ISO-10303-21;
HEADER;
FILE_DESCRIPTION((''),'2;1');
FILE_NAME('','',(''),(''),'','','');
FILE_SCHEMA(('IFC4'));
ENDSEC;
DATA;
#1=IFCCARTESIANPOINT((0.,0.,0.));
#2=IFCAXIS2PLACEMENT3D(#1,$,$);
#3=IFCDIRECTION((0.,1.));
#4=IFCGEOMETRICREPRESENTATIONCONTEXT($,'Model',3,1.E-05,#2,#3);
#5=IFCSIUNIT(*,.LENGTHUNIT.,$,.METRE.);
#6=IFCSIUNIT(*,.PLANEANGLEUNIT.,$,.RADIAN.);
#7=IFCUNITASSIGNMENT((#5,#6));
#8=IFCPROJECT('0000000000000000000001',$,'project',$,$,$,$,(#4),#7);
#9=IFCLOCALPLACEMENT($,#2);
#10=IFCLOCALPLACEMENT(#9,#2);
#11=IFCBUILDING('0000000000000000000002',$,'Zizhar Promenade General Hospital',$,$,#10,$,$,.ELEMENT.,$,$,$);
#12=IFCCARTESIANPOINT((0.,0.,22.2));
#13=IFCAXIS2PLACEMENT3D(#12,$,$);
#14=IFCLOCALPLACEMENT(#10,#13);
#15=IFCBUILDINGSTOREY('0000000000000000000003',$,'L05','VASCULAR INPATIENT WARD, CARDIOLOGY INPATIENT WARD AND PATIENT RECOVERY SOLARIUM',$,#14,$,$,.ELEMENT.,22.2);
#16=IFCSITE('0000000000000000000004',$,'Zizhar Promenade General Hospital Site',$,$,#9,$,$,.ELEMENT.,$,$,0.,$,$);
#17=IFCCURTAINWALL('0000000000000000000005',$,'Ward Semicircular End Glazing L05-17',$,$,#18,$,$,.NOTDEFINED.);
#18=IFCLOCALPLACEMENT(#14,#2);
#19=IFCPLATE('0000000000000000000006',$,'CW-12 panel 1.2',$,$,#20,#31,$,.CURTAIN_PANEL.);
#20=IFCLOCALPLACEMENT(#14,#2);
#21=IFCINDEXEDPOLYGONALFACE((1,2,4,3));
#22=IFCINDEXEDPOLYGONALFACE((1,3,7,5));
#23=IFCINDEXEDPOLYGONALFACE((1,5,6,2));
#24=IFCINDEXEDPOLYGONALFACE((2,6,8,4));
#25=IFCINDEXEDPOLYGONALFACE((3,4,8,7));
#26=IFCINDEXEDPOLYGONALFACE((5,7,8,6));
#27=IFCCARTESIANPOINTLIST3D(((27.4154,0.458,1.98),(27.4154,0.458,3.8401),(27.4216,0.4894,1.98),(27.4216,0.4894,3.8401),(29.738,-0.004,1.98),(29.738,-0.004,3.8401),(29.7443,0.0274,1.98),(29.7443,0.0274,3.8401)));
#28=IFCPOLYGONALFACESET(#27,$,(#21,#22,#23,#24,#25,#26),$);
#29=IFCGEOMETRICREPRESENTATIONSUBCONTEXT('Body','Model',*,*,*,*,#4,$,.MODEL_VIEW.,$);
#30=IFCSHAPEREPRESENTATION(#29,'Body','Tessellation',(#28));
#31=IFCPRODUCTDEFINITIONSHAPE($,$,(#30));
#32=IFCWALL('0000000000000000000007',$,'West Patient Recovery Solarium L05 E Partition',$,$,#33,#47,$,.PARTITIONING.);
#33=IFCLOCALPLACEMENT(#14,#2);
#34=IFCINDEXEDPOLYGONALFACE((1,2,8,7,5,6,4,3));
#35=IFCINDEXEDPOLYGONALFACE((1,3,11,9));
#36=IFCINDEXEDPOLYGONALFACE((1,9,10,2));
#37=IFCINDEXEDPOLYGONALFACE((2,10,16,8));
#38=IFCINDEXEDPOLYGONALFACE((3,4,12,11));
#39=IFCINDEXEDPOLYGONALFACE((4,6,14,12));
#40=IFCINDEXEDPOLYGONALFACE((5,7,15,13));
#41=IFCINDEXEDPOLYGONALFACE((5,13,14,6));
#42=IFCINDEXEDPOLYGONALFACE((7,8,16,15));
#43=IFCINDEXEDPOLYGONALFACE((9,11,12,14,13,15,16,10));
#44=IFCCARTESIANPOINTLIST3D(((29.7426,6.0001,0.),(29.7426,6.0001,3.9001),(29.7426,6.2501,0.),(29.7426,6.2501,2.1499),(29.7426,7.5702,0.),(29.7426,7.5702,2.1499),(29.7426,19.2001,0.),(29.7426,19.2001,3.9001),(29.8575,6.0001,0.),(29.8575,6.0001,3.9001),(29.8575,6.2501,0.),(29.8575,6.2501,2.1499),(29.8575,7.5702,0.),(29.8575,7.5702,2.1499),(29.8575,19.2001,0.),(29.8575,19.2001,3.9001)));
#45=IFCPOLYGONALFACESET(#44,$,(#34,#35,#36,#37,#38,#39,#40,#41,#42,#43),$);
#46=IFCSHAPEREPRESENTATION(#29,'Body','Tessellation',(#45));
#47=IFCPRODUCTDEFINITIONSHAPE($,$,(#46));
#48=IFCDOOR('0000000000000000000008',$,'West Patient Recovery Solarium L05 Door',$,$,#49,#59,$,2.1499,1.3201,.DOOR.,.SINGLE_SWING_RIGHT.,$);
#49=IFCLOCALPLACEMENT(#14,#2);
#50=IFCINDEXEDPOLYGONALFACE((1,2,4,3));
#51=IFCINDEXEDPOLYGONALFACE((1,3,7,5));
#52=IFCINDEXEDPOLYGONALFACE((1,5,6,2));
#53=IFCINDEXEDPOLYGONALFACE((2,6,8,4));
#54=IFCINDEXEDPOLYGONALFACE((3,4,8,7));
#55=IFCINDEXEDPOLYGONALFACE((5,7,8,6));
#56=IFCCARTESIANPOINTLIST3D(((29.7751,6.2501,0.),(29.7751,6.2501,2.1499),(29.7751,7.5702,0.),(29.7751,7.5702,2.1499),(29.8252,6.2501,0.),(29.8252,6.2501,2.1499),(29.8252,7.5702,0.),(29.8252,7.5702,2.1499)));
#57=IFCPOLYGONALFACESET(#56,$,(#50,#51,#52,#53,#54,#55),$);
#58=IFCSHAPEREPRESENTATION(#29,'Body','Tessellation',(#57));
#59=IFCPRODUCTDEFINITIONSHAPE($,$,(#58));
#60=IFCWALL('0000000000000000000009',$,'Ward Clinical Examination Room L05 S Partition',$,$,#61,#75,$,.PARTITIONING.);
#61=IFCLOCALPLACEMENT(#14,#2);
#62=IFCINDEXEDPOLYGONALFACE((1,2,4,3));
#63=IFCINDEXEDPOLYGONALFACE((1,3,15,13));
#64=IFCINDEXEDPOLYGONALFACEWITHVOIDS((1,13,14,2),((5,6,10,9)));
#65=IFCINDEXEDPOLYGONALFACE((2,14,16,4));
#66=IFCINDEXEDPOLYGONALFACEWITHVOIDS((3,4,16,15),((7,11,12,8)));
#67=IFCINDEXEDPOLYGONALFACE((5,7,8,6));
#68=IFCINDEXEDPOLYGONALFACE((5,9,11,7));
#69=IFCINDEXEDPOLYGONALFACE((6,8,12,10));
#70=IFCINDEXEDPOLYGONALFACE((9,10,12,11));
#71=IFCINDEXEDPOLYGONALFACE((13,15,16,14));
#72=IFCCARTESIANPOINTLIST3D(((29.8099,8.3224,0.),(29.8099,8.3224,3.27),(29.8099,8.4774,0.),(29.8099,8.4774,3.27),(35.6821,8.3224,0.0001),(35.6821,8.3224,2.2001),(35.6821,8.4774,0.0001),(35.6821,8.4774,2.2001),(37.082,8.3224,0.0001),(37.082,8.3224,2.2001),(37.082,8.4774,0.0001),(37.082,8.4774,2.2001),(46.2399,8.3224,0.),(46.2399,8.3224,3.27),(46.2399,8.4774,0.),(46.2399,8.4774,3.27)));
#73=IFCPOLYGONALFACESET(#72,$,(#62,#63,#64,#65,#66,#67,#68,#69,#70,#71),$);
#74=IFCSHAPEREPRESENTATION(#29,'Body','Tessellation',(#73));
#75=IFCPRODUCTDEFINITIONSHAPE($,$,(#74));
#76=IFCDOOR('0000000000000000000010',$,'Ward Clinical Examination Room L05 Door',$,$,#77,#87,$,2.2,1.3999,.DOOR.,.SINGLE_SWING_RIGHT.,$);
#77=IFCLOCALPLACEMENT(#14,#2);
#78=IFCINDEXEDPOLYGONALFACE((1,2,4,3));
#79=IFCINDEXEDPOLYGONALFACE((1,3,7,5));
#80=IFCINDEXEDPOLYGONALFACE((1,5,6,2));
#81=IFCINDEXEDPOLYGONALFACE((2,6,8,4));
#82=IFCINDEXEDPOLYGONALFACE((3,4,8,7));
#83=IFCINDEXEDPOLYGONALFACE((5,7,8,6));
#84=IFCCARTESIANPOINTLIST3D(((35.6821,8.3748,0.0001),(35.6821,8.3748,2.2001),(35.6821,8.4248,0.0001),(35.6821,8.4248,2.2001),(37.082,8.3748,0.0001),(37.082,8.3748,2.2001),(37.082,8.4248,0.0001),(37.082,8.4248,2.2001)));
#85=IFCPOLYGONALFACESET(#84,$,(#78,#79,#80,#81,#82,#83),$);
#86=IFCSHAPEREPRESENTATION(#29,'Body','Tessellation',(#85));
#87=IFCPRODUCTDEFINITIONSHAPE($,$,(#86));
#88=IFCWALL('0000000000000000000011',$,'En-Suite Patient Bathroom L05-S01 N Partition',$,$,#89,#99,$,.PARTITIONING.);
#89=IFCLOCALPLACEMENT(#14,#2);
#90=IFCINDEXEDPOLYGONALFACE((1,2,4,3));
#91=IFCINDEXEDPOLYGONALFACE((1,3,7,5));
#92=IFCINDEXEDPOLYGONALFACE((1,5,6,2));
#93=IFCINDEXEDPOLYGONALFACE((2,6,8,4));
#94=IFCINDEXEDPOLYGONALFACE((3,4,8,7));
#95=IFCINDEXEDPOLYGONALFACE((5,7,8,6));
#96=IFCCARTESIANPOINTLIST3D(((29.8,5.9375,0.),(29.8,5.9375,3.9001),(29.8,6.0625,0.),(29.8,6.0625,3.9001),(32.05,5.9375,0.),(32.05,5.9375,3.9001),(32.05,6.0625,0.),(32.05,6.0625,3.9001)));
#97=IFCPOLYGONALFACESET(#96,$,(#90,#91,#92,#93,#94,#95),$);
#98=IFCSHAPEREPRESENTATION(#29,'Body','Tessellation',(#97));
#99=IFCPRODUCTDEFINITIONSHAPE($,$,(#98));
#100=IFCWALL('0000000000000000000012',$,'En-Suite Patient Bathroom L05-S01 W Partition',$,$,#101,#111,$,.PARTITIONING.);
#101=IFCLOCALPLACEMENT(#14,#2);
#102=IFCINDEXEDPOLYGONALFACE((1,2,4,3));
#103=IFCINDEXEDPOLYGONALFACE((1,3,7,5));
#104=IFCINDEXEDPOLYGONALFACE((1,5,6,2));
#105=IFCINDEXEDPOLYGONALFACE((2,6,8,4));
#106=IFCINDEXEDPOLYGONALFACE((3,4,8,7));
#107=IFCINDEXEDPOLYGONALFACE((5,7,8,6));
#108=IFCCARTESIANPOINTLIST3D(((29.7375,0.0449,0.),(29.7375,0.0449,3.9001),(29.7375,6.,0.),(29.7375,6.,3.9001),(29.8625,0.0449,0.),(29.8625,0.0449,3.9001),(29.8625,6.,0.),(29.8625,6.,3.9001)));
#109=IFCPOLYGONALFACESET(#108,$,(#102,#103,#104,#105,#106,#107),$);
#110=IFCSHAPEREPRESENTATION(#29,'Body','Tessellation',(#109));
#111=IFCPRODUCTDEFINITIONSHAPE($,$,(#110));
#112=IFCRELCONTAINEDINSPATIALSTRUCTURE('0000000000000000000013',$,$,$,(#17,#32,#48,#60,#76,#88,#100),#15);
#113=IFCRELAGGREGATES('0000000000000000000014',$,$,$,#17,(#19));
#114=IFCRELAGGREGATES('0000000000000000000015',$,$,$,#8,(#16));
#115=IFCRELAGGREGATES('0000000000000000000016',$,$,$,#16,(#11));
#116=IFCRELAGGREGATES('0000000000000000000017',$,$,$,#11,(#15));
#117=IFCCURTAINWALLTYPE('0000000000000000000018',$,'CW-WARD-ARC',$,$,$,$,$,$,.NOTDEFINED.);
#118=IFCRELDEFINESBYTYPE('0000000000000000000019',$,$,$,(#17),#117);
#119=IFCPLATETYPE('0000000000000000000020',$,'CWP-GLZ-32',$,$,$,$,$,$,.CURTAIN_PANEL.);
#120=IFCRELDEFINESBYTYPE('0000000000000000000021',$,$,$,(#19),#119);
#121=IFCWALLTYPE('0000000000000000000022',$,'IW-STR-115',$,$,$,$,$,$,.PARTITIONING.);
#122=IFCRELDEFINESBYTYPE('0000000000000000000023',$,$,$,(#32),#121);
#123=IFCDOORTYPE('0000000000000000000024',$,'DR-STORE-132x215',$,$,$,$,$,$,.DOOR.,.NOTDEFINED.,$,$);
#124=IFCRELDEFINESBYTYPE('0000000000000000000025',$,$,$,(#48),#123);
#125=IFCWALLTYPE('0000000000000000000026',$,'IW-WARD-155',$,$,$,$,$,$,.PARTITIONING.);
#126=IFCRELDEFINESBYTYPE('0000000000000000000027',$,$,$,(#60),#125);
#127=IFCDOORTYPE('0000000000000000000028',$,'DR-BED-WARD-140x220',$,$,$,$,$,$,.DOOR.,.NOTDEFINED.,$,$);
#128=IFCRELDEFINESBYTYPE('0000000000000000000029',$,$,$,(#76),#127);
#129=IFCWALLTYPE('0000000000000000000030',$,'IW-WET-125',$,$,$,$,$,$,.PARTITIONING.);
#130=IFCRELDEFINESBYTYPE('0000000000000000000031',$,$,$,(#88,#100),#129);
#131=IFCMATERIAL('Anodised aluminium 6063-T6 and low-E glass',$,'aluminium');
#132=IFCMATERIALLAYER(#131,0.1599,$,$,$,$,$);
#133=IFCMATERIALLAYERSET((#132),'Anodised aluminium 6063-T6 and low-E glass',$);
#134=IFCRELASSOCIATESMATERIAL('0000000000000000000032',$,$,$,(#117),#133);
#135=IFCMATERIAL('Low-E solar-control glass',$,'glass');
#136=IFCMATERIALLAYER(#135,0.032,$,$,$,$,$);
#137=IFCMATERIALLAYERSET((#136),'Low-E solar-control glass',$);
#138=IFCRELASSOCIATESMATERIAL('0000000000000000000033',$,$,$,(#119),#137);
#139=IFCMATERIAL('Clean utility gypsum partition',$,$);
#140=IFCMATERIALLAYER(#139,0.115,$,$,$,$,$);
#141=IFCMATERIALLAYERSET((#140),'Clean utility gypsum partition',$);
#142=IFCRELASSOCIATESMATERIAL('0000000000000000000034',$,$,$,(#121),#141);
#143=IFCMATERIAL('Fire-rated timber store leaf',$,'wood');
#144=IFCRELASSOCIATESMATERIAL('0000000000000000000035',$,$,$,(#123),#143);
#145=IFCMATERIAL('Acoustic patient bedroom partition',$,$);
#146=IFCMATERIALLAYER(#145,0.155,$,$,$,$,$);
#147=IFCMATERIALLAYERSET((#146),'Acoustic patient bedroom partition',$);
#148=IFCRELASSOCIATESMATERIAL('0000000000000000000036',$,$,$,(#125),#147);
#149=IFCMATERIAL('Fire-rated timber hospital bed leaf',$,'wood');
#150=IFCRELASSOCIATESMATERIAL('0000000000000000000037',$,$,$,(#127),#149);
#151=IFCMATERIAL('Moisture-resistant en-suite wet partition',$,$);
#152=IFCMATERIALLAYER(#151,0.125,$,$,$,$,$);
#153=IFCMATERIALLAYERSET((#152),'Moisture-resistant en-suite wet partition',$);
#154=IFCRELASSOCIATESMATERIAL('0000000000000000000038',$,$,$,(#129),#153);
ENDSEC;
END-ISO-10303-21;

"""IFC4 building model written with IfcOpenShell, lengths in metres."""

from ifc_helpers import new_model, si_unit, direction, frame, frame_2d, origin, origin_2d, place, context, subcontext, project, spatial, rectangle, extrude, material, layer, layer_set, type_object, element, fill, aggregate, save


model = new_model("IFC4")

# Units and contexts
model_context = context("Model", 3, precision=1e-05, world=origin(), true_north=direction((0.0, 1.0)))
body_context = subcontext(model_context, "Body", "Model", "MODEL_VIEW")
ifc_project = project(units=[si_unit("LENGTHUNIT", "METRE"), si_unit("PLANEANGLEUNIT", "RADIAN")], contexts=[model_context])

# Site, building, storey
site_placement = place(None, origin())
site = spatial("IfcSite", under=ifc_project, at=site_placement, Name="Zizhar Promenade General Hospital Site", CompositionType="ELEMENT", RefElevation=0.0)
building_placement = place(site_placement, origin())
building = spatial("IfcBuilding", under=site, at=building_placement, Name="Zizhar Promenade General Hospital", CompositionType="ELEMENT")
storey_placement = place(building_placement, frame((0.0, 0.0, 22.2)))
storey = spatial("IfcBuildingStorey", under=building, at=storey_placement, Name="L05", Description="VASCULAR INPATIENT WARD, CARDIOLOGY INPATIENT WARD AND PATIENT RECOVERY SOLARIUM", CompositionType="ELEMENT", Elevation=22.2)

# Curtain wall, plate
ifc_material_1 = material(Name="Anodised aluminium 6063-T6 and low-E glass", Category="aluminium")
ifc_layer_1 = layer(ifc_material_1, 0.1599)
ifc_layer_set_1 = layer_set([ifc_layer_1], Name="Anodised aluminium 6063-T6 and low-E glass")
curtain_wall_type = type_object("IfcCurtainWallType", Name="CW-WARD-ARC", PredefinedType="NOTDEFINED", material=ifc_layer_set_1)
curtain_wall_placement = place(storey_placement, origin())
curtain_wall = element("IfcCurtainWall", 1, at=curtain_wall_placement, inside=storey, type_object=curtain_wall_type, Name="Ward Semicircular End Glazing L05-17", PredefinedType="NOTDEFINED")
ifc_material_2 = material(Name="Low-E solar-control glass", Category="glass")
ifc_layer_2 = layer(ifc_material_2, 0.032)
ifc_layer_set_2 = layer_set([ifc_layer_2], Name="Low-E solar-control glass")
plate_type = type_object("IfcPlateType", Name="CWP-GLZ-32", PredefinedType="CURTAIN_PANEL", material=ifc_layer_set_2)
plate_placement = place(storey_placement, frame((28.5798, 0.2427, 1.98), z_axis=(0.0, 0.0, 1.0), x_axis=(-0.980786, 0.195087, 0.0)))
plate = element("IfcPlate", 2, at=plate_placement, type_object=plate_type, Name="CW-12 panel 1.2", PredefinedType="CURTAIN_PANEL", context=body_context, shape_type="SweptSolid", body=[
    extrude(rectangle(XDim=2.3682, YDim=0.032, at=origin_2d()), origin(), (0.0, 0.0, 1.0), 1.8601),
])
aggregate(curtain_wall, [plate])

# Walls, openings, doors
ifc_material_3 = material(Name="Clean utility gypsum partition")
ifc_layer_3 = layer(ifc_material_3, 0.115)
ifc_layer_set_3 = layer_set([ifc_layer_3], Name="Clean utility gypsum partition")
wall_type_1 = type_object("IfcWallType", Name="IW-STR-115", PredefinedType="PARTITIONING", material=ifc_layer_set_3)
wall_1_placement = place(storey_placement, frame((29.8, 6.0, 0.0), z_axis=(0.0, 0.0, 1.0), x_axis=(0.0, 1.0, 0.0)))
wall_1 = element("IfcWall", 3, at=wall_1_placement, inside=storey, type_object=wall_type_1, Name="West Patient Recovery Solarium L05 E Partition", PredefinedType="PARTITIONING", context=body_context, shape_type="SweptSolid", body=[
    extrude(rectangle(XDim=13.2, YDim=0.115, at=frame_2d((6.6001, 0.0))), origin(), (0.0, 0.0, 1.0), 3.9001),
])
opening_1_placement = place(wall_1_placement, frame((0.25, 0.0, 0.0)))
opening_1 = element("IfcOpeningElement", 4, at=opening_1_placement, cuts=wall_1, PredefinedType="OPENING", context=body_context, shape_type="SweptSolid", body=[
    extrude(rectangle(XDim=1.3201, YDim=2.1499, at=frame_2d((0.6602, 1.075))), frame((0.0, 0.0674, 0.0), z_axis=(0.0, -1.0, 0.0), x_axis=(1.0, 0.0, 0.0)), (0.0, 0.0, 1.0), 0.135),
])
ifc_material_4 = material(Name="Fire-rated timber store leaf", Category="wood")
door_type_1 = type_object("IfcDoorType", Name="DR-STORE-132x215", OperationType="NOTDEFINED", PredefinedType="DOOR", material=ifc_material_4)
door_1_placement = place(opening_1_placement, origin())
door_1 = element("IfcDoor", 5, at=door_1_placement, inside=storey, type_object=door_type_1, Name="West Patient Recovery Solarium L05 Door", OperationType="SINGLE_SWING_RIGHT", OverallHeight=2.1499, OverallWidth=1.3201, PredefinedType="DOOR", context=body_context, shape_type="SweptSolid", body=[
    extrude(rectangle(XDim=1.3201, YDim=2.1499, at=frame_2d((0.6602, 1.075))), frame((0.0, 0.0249, 0.0), z_axis=(0.0, -1.0, 0.0), x_axis=(1.0, 0.0, 0.0)), (0.0, 0.0, 1.0), 0.05),
])
fill(opening_1, door_1)
ifc_material_5 = material(Name="Acoustic patient bedroom partition")
ifc_layer_4 = layer(ifc_material_5, 0.155)
ifc_layer_set_4 = layer_set([ifc_layer_4], Name="Acoustic patient bedroom partition")
wall_type_2 = type_object("IfcWallType", Name="IW-WARD-155", PredefinedType="PARTITIONING", material=ifc_layer_set_4)
wall_2_placement = place(storey_placement, frame((29.8101, 8.3999, 0.0), z_axis=(0.0, 0.0, 1.0), x_axis=(1.0, 0.0, 0.0)))
wall_2 = element("IfcWall", 6, at=wall_2_placement, inside=storey, type_object=wall_type_2, Name="Ward Clinical Examination Room L05 S Partition", PredefinedType="PARTITIONING", context=body_context, shape_type="SweptSolid", body=[
    extrude(rectangle(XDim=16.4299, YDim=0.155, at=frame_2d((8.2148, 0.0))), origin(), (0.0, 0.0, 1.0), 3.27),
])
opening_2_placement = place(wall_2_placement, frame((5.8721, 0.0, 0.0)))
opening_2 = element("IfcOpeningElement", 7, at=opening_2_placement, cuts=wall_2, PredefinedType="OPENING", context=body_context, shape_type="SweptSolid", body=[
    extrude(rectangle(XDim=1.3999, YDim=2.2, at=frame_2d((0.7, 1.1001))), frame((0.0, 0.0874, 0.0), z_axis=(0.0, -1.0, 0.0), x_axis=(1.0, 0.0, 0.0)), (0.0, 0.0, 1.0), 0.175),
])
ifc_material_6 = material(Name="Fire-rated timber hospital bed leaf", Category="wood")
door_type_2 = type_object("IfcDoorType", Name="DR-BED-WARD-140x220", OperationType="NOTDEFINED", PredefinedType="DOOR", material=ifc_material_6)
door_2_placement = place(opening_2_placement, origin())
door_2 = element("IfcDoor", 8, at=door_2_placement, inside=storey, type_object=door_type_2, Name="Ward Clinical Examination Room L05 Door", OperationType="SINGLE_SWING_RIGHT", OverallHeight=2.2, OverallWidth=1.3999, PredefinedType="DOOR", context=body_context, shape_type="SweptSolid", body=[
    extrude(rectangle(XDim=1.3999, YDim=2.2, at=frame_2d((0.7, 1.1001))), frame((0.0, 0.0249, 0.0), z_axis=(0.0, -1.0, 0.0), x_axis=(1.0, 0.0, 0.0)), (0.0, 0.0, 1.0), 0.05),
])
fill(opening_2, door_2)

# Walls
ifc_material_7 = material(Name="Moisture-resistant en-suite wet partition")
ifc_layer_5 = layer(ifc_material_7, 0.125)
ifc_layer_set_5 = layer_set([ifc_layer_5], Name="Moisture-resistant en-suite wet partition")
wall_type_3 = type_object("IfcWallType", Name="IW-WET-125", PredefinedType="PARTITIONING", material=ifc_layer_set_5)
wall_3_placement = place(storey_placement, frame((29.8, 6.0, 0.0), z_axis=(0.0, 0.0, 1.0), x_axis=(1.0, 0.0, 0.0)))
element("IfcWall", 9, at=wall_3_placement, inside=storey, type_object=wall_type_3, Name="En-Suite Patient Bathroom L05-S01 N Partition", PredefinedType="PARTITIONING", context=body_context, shape_type="SweptSolid", body=[
    extrude(rectangle(XDim=2.25, YDim=0.125, at=frame_2d((1.125, 0.0))), origin(), (0.0, 0.0, 1.0), 3.9001),
])
wall_4_placement = place(storey_placement, frame((29.8, 0.0449, 0.0), z_axis=(0.0, 0.0, 1.0), x_axis=(0.0, 1.0, 0.0)))
element("IfcWall", 10, at=wall_4_placement, inside=storey, type_object=wall_type_3, Name="En-Suite Patient Bathroom L05-S01 W Partition", PredefinedType="PARTITIONING", context=body_context, shape_type="SweptSolid", body=[
    extrude(rectangle(XDim=5.9551, YDim=0.125, at=frame_2d((2.9775, 0.0))), origin(), (0.0, 0.0, 1.0), 3.9001),
])

save(model, "model.ifc")
